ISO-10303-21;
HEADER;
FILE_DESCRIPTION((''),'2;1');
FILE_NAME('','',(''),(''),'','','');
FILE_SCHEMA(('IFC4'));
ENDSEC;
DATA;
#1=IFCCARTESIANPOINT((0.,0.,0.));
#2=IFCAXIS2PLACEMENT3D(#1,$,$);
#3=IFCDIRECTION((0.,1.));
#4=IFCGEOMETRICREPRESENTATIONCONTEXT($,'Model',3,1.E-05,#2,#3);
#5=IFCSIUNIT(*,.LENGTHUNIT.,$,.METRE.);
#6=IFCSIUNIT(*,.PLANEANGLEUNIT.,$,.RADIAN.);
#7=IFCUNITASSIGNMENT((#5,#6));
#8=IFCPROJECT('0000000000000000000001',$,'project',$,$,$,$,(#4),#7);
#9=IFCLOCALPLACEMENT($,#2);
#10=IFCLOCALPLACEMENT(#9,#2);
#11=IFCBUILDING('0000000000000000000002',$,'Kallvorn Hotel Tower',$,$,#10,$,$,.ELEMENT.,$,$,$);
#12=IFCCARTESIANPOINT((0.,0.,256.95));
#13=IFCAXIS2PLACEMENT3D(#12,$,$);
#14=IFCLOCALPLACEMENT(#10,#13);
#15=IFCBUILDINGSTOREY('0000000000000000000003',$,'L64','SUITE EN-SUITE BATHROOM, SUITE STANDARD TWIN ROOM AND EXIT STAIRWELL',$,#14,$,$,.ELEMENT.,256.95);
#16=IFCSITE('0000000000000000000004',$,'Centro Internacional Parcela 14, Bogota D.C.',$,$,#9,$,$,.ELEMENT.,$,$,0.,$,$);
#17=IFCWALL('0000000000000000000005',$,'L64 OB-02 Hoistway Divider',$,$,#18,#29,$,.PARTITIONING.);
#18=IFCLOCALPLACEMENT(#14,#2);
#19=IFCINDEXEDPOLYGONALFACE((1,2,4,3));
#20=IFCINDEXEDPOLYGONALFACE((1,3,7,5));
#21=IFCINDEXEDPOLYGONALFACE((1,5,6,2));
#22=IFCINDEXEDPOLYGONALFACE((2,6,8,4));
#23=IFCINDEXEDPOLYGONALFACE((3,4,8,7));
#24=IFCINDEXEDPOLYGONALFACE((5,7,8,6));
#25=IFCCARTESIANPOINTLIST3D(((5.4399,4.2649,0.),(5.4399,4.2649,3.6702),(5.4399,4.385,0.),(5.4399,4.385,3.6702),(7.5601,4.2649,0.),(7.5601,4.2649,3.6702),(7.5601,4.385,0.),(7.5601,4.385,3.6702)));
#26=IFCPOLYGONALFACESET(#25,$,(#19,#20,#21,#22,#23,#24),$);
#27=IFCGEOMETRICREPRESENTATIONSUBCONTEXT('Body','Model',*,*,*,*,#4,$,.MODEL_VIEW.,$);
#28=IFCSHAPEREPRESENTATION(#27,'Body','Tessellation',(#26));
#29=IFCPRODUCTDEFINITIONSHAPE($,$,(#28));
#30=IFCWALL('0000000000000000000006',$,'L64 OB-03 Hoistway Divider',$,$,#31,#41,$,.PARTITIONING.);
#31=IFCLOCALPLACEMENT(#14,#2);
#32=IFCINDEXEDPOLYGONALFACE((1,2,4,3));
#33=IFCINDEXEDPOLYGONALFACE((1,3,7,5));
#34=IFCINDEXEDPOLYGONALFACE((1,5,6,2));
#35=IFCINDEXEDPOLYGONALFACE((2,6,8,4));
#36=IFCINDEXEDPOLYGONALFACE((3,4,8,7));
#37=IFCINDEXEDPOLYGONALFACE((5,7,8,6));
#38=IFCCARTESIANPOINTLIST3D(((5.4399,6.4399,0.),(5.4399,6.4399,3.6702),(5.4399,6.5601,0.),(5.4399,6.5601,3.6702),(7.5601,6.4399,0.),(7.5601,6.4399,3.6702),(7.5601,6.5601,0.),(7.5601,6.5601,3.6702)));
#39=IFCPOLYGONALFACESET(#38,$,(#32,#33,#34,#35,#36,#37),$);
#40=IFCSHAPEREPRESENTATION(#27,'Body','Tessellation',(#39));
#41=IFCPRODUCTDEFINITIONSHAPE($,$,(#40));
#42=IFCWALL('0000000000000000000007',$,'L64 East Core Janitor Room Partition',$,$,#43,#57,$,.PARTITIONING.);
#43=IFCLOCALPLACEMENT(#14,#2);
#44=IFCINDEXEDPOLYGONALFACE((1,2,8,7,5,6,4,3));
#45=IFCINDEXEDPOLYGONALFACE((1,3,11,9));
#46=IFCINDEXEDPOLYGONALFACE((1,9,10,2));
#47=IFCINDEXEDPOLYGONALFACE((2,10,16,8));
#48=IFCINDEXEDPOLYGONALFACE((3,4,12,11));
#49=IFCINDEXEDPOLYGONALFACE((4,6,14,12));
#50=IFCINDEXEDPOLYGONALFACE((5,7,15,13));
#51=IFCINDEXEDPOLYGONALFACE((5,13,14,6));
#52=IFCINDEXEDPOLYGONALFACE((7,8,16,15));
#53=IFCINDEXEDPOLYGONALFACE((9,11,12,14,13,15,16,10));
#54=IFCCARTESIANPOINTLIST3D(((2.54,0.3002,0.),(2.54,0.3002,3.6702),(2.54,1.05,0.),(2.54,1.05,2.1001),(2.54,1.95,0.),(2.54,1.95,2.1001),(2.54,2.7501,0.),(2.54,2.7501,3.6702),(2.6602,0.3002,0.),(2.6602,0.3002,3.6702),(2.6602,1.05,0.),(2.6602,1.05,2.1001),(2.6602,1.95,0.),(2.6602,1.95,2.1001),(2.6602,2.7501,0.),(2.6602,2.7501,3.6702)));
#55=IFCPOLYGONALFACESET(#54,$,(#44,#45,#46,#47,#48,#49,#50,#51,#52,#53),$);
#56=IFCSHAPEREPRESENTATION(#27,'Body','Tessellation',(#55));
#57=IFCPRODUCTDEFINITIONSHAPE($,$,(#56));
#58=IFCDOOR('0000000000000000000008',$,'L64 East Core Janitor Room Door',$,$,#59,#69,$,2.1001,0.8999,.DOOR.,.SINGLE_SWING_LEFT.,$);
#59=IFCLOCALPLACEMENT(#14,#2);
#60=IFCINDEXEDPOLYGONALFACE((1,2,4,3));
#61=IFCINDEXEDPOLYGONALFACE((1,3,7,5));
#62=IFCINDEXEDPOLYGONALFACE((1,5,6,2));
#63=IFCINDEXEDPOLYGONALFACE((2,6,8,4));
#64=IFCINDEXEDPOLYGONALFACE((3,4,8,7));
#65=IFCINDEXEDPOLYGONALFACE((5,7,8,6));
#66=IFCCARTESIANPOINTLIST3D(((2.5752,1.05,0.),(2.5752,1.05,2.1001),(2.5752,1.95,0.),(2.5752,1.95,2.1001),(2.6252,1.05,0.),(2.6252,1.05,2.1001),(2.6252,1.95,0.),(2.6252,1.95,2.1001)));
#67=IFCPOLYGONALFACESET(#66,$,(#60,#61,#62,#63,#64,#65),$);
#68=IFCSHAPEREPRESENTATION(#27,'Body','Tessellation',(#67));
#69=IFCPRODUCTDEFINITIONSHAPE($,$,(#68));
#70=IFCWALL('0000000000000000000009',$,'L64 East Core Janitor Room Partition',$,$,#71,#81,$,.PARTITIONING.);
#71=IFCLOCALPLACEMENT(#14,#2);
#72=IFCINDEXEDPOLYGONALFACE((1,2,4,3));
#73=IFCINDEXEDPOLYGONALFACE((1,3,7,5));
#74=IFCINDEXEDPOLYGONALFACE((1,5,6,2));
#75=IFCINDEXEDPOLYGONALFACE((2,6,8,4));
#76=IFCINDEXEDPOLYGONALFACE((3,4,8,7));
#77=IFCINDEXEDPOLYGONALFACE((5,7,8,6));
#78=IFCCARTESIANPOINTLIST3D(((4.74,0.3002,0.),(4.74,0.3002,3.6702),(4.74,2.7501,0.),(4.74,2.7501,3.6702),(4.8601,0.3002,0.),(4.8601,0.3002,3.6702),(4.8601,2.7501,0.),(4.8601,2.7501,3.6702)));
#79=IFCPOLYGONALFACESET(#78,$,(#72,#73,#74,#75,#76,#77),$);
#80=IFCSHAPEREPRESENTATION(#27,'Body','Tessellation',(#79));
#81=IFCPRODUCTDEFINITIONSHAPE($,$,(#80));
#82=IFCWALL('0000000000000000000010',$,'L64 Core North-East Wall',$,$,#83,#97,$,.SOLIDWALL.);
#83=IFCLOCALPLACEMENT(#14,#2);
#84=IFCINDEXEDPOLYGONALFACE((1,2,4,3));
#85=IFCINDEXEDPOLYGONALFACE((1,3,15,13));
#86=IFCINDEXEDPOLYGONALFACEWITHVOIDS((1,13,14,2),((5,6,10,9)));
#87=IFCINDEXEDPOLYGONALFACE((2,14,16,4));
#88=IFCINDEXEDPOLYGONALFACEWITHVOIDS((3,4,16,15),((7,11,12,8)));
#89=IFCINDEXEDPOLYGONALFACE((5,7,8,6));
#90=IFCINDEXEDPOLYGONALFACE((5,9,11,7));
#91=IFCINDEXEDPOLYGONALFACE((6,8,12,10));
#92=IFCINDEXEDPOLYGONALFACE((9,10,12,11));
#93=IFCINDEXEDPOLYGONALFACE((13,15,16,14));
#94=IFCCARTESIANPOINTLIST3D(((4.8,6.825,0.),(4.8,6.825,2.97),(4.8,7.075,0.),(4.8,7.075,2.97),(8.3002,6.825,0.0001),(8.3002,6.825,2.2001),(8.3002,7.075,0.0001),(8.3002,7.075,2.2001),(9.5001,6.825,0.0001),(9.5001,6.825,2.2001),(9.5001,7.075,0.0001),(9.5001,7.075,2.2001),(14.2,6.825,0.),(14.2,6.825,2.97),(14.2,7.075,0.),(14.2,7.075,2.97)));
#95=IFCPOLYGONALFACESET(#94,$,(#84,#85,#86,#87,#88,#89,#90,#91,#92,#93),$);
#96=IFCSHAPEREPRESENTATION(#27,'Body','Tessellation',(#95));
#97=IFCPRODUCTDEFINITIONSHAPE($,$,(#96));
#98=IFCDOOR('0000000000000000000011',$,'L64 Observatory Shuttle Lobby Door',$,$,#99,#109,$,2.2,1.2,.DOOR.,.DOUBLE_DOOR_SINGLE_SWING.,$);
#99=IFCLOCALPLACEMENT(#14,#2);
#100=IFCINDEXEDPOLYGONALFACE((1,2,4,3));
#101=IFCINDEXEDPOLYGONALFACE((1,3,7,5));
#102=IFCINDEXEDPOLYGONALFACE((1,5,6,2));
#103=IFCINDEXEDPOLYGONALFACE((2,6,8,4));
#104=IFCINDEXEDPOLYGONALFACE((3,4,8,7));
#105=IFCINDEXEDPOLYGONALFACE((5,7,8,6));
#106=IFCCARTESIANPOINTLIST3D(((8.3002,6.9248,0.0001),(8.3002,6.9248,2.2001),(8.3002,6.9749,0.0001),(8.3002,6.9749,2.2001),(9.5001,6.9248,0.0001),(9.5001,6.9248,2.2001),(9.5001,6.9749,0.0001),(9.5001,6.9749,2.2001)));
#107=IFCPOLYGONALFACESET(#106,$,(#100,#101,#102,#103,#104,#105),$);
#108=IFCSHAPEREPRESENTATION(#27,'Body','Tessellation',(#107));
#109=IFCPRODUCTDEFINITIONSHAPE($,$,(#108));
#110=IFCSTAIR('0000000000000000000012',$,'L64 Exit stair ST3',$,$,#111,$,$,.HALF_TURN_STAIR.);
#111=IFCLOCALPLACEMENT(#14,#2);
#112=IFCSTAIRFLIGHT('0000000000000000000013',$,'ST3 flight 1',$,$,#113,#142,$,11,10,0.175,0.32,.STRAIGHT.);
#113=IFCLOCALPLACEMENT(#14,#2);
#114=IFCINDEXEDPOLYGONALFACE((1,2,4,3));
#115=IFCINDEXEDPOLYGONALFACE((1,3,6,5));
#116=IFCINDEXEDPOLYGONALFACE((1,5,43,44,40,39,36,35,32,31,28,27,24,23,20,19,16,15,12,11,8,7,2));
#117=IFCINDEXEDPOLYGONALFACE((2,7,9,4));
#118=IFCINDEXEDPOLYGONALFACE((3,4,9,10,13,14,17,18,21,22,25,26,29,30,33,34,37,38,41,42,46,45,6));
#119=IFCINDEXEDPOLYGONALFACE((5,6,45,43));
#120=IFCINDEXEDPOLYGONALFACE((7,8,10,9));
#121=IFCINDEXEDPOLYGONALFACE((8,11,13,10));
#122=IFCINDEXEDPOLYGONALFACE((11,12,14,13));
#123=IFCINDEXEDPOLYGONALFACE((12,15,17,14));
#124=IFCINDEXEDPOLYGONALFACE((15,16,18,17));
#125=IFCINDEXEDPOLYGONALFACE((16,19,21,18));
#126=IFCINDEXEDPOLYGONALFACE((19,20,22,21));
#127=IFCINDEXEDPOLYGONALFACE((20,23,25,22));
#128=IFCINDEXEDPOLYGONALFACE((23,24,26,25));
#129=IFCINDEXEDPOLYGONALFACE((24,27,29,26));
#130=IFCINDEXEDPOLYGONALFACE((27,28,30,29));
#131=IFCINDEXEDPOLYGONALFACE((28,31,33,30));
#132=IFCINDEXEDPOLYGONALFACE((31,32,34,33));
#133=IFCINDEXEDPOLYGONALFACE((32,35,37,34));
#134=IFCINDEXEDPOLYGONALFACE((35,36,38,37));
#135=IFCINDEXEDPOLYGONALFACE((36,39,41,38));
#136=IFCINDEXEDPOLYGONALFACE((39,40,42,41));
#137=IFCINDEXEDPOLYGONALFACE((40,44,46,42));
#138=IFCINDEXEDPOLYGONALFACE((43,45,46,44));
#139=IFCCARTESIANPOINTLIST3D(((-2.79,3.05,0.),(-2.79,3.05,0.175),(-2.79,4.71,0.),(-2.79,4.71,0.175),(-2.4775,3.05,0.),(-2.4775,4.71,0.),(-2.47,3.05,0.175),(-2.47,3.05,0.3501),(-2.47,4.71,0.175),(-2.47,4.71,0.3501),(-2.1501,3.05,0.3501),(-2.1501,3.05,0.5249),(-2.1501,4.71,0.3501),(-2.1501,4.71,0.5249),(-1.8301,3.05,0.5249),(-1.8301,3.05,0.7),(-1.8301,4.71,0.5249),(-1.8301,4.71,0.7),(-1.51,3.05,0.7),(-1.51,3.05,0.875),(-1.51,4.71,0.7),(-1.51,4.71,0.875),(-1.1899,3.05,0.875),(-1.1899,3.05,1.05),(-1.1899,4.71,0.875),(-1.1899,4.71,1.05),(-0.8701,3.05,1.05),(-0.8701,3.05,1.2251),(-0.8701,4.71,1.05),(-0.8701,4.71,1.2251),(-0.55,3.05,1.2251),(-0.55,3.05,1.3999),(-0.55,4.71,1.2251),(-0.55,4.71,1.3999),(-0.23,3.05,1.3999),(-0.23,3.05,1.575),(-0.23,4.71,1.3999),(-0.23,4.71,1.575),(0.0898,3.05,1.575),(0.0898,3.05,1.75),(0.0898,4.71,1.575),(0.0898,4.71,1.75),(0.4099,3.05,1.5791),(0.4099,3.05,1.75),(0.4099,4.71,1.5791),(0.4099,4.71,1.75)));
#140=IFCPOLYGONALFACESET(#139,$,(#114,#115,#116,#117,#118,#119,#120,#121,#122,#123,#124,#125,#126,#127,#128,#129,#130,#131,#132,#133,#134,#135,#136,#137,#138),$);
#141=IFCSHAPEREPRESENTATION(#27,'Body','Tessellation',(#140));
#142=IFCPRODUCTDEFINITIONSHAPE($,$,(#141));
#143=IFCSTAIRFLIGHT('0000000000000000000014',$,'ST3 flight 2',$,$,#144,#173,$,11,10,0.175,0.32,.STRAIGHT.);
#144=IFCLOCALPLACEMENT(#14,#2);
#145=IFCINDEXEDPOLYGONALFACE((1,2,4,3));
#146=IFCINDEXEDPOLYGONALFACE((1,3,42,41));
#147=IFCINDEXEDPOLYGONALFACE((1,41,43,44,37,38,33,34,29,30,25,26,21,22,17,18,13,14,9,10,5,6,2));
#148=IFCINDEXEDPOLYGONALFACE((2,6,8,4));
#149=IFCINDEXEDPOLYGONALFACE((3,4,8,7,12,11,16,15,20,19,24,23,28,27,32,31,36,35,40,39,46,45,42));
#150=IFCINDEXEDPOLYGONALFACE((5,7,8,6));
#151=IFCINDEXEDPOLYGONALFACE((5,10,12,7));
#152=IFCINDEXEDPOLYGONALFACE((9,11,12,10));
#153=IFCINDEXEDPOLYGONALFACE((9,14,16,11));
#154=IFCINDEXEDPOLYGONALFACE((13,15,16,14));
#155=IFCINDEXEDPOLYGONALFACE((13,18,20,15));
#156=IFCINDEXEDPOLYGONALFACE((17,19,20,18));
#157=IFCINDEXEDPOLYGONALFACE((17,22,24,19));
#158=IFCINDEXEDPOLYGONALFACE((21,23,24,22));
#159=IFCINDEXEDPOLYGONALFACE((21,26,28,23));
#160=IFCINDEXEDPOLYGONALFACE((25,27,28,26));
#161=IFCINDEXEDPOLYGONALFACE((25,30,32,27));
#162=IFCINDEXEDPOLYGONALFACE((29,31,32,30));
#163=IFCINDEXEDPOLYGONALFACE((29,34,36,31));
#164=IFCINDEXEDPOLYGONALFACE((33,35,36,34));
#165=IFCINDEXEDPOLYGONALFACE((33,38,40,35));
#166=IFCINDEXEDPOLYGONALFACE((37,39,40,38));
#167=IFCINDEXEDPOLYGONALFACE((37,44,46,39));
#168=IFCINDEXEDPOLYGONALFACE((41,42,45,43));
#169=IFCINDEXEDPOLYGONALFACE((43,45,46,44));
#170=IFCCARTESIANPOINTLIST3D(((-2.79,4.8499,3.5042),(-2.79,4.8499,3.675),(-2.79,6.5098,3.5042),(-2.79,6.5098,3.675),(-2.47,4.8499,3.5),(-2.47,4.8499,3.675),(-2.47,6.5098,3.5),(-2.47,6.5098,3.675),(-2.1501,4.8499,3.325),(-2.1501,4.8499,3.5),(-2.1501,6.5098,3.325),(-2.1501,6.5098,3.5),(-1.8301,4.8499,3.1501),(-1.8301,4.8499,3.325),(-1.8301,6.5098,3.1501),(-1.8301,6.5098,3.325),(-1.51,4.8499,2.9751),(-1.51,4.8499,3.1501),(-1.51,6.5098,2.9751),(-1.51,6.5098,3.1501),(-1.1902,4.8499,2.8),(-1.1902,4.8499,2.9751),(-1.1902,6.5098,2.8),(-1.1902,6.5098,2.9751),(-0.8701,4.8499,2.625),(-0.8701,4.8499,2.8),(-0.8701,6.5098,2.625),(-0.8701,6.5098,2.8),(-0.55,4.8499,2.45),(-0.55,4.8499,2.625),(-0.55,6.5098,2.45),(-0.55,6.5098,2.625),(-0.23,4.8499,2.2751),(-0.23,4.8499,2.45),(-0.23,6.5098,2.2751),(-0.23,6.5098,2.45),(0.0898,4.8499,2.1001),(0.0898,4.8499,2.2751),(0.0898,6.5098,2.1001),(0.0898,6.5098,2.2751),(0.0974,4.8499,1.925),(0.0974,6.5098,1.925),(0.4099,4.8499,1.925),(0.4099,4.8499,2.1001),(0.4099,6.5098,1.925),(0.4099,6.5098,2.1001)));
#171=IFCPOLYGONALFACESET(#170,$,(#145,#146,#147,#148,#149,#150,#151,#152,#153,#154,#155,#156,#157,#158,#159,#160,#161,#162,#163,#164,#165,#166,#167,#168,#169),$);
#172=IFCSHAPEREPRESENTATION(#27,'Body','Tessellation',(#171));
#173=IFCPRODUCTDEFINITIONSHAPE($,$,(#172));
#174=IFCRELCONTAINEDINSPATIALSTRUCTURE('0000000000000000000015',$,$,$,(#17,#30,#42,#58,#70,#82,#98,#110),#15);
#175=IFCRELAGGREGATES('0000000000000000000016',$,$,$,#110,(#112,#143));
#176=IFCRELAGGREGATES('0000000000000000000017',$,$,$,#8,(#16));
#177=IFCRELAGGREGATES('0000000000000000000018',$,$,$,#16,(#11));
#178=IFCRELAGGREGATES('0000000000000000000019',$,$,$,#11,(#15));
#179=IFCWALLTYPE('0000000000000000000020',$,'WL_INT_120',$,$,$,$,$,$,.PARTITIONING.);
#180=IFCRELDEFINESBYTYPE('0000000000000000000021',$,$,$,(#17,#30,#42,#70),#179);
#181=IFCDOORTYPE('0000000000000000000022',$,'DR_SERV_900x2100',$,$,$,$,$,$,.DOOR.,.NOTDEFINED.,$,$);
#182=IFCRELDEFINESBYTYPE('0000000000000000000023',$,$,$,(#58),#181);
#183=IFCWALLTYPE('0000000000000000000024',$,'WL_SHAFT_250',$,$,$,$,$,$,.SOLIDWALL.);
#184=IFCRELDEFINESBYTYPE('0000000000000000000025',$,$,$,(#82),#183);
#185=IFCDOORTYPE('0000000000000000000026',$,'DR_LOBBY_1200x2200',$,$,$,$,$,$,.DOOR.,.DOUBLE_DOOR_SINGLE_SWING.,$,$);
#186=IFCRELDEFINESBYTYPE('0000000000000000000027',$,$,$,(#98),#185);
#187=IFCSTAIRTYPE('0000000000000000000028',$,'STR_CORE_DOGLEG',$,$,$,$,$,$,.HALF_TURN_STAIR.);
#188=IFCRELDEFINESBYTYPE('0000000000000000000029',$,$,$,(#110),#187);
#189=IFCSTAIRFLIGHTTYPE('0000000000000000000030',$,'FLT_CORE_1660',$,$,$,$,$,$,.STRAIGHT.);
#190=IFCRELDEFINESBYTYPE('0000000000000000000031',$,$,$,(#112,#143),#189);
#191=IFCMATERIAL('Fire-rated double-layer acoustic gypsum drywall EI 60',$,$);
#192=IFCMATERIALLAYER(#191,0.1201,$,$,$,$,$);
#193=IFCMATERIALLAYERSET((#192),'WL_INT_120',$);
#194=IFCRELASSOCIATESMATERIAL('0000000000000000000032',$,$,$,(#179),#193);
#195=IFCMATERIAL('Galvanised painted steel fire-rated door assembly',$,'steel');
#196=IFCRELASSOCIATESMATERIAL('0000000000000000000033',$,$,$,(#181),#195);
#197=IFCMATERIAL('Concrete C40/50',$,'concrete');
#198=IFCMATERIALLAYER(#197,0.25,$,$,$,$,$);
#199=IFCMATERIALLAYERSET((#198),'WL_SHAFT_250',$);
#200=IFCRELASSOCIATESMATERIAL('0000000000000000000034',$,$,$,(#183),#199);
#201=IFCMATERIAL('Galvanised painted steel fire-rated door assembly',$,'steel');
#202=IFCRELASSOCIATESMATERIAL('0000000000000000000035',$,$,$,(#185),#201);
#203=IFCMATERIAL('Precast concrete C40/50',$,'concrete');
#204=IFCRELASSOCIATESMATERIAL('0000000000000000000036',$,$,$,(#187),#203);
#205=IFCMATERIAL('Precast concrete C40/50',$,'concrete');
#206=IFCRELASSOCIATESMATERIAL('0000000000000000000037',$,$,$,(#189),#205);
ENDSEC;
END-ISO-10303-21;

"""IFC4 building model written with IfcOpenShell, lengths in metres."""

from ifc_helpers import new_model, si_unit, direction, frame, frame_2d, origin, place, context, subcontext, project, spatial, polyline, rectangle, outline, extrude, material, layer, layer_set, type_object, element, fill, aggregate, save


model = new_model("IFC4")

# Units and contexts
model_context = context("Model", 3, precision=1e-05, world=origin(), true_north=direction((0.0, 1.0)))
body_context = subcontext(model_context, "Body", "Model", "MODEL_VIEW")
ifc_project = project(units=[si_unit("LENGTHUNIT", "METRE"), si_unit("PLANEANGLEUNIT", "RADIAN")], contexts=[model_context])

# Site, building, storey
site_placement = place(None, origin())
site = spatial("IfcSite", under=ifc_project, at=site_placement, Name="Centro Internacional Parcela 14, Bogota D.C.", CompositionType="ELEMENT", RefElevation=0.0)
building_placement = place(site_placement, origin())
building = spatial("IfcBuilding", under=site, at=building_placement, Name="Kallvorn Hotel Tower", CompositionType="ELEMENT")
storey_placement = place(building_placement, frame((0.0, 0.0, 256.95)))
storey = spatial("IfcBuildingStorey", under=building, at=storey_placement, Name="L64", Description="SUITE EN-SUITE BATHROOM, SUITE STANDARD TWIN ROOM AND EXIT STAIRWELL", CompositionType="ELEMENT", Elevation=256.95)

# Walls
ifc_material_1 = material(Name="Fire-rated double-layer acoustic gypsum drywall EI 60")
ifc_layer_1 = layer(ifc_material_1, 0.1201)
ifc_layer_set_1 = layer_set([ifc_layer_1], Name="WL_INT_120")
wall_type_1 = type_object("IfcWallType", Name="WL_INT_120", PredefinedType="PARTITIONING", material=ifc_layer_set_1)
for number, where, z_axis, x_axis, name in (
    (1, (5.4399, 4.325, 0.0), (0.0, 0.0, 1.0), (1.0, 0.0, 0.0), "L64 OB-02 Hoistway Divider"),
    (2, (5.4399, 6.5, 0.0), (0.0, 0.0, 1.0), (1.0, 0.0, 0.0), "L64 OB-03 Hoistway Divider"),
):
    element("IfcWall", number, at=place(storey_placement, frame(where, z_axis=z_axis, x_axis=x_axis)), inside=storey, type_object=wall_type_1, Name=name, PredefinedType="PARTITIONING", context=body_context, shape_type="SweptSolid", body=[
        extrude(rectangle(XDim=2.1201, YDim=0.1201, at=frame_2d((1.0601, 0.0))), origin(), (0.0, 0.0, 1.0), 3.6702),
    ])

# Wall, opening, door
wall_1_placement = place(storey_placement, frame((2.6001, 0.3, 0.0), z_axis=(0.0, 0.0, 1.0), x_axis=(0.0, 1.0, 0.0)))
wall_1 = element("IfcWall", 3, at=wall_1_placement, inside=storey, type_object=wall_type_1, Name="L64 East Core Janitor Room Partition", PredefinedType="PARTITIONING", context=body_context, shape_type="SweptSolid", body=[
    extrude(rectangle(XDim=2.45, YDim=0.1201, at=frame_2d((1.2251, 0.0))), origin(), (0.0, 0.0, 1.0), 3.6702),
])
opening_1_placement = place(wall_1_placement, frame((0.75, 0.0, 0.0)))
opening_1 = element("IfcOpeningElement", 4, at=opening_1_placement, cuts=wall_1, PredefinedType="OPENING", context=body_context, shape_type="SweptSolid", body=[
    extrude(rectangle(XDim=0.8999, YDim=2.1001, at=frame_2d((0.45, 1.05))), frame((0.0, 0.075, 0.0), z_axis=(0.0, -1.0, 0.0), x_axis=(1.0, 0.0, 0.0)), (0.0, 0.0, 1.0), 0.1501),
])
ifc_material_2 = material(Name="Galvanised painted steel fire-rated door assembly", Category="steel")
door_type_1 = type_object("IfcDoorType", Name="DR_SERV_900x2100", OperationType="NOTDEFINED", PredefinedType="DOOR", material=ifc_material_2)
door_1_placement = place(opening_1_placement, origin())
door_1 = element("IfcDoor", 5, at=door_1_placement, inside=storey, type_object=door_type_1, Name="L64 East Core Janitor Room Door", OperationType="SINGLE_SWING_LEFT", OverallHeight=2.1001, OverallWidth=0.8999, PredefinedType="DOOR", context=body_context, shape_type="SweptSolid", body=[
    extrude(rectangle(XDim=0.8999, YDim=2.1001, at=frame_2d((0.45, 1.05))), frame((0.0, 0.0249, 0.0), z_axis=(0.0, -1.0, 0.0), x_axis=(1.0, 0.0, 0.0)), (0.0, 0.0, 1.0), 0.05),
])
fill(opening_1, door_1)

# Wall
wall_2_placement = place(storey_placement, frame((4.8, 0.3, 0.0), z_axis=(0.0, 0.0, 1.0), x_axis=(0.0, 1.0, 0.0)))
element("IfcWall", 6, at=wall_2_placement, inside=storey, type_object=wall_type_1, Name="L64 East Core Janitor Room Partition", PredefinedType="PARTITIONING", context=body_context, shape_type="SweptSolid", body=[
    extrude(rectangle(XDim=2.45, YDim=0.1201, at=frame_2d((1.2251, 0.0))), origin(), (0.0, 0.0, 1.0), 3.6702),
])

# Wall, opening, door
ifc_material_3 = material(Name="Concrete C40/50", Category="concrete")
ifc_layer_2 = layer(ifc_material_3, 0.25)
ifc_layer_set_2 = layer_set([ifc_layer_2], Name="WL_SHAFT_250")
wall_type_2 = type_object("IfcWallType", Name="WL_SHAFT_250", PredefinedType="SOLIDWALL", material=ifc_layer_set_2)
wall_3_placement = place(storey_placement, frame((4.8, 6.95, 0.0), z_axis=(0.0, 0.0, 1.0), x_axis=(1.0, 0.0, 0.0)))
wall_3 = element("IfcWall", 7, at=wall_3_placement, inside=storey, type_object=wall_type_2, Name="L64 Core North-East Wall", PredefinedType="SOLIDWALL", context=body_context, shape_type="SweptSolid", body=[
    extrude(rectangle(XDim=9.3999, YDim=0.25, at=frame_2d((4.7, 0.0))), origin(), (0.0, 0.0, 1.0), 2.97),
])
opening_2_placement = place(wall_3_placement, frame((3.5, 0.0, 0.0)))
opening_2 = element("IfcOpeningElement", 8, at=opening_2_placement, cuts=wall_3, PredefinedType="OPENING", context=body_context, shape_type="SweptSolid", body=[
    extrude(rectangle(XDim=1.2, YDim=2.2, at=frame_2d((0.6001, 1.1001))), frame((0.0, 0.1399, 0.0), z_axis=(0.0, -1.0, 0.0), x_axis=(1.0, 0.0, 0.0)), (0.0, 0.0, 1.0), 0.28),
])
ifc_material_4 = material(Name="Galvanised painted steel fire-rated door assembly", Category="steel")
door_type_2 = type_object("IfcDoorType", Name="DR_LOBBY_1200x2200", OperationType="DOUBLE_DOOR_SINGLE_SWING", PredefinedType="DOOR", material=ifc_material_4)
door_2_placement = place(opening_2_placement, origin())
door_2 = element("IfcDoor", 9, at=door_2_placement, inside=storey, type_object=door_type_2, Name="L64 Observatory Shuttle Lobby Door", OperationType="DOUBLE_DOOR_SINGLE_SWING", OverallHeight=2.2, OverallWidth=1.2, PredefinedType="DOOR", context=body_context, shape_type="SweptSolid", body=[
    extrude(rectangle(XDim=1.2, YDim=2.2, at=frame_2d((0.6001, 1.1001))), frame((0.0, 0.0249, 0.0), z_axis=(0.0, -1.0, 0.0), x_axis=(1.0, 0.0, 0.0)), (0.0, 0.0, 1.0), 0.05),
])
fill(opening_2, door_2)

# Stair, stair flights
ifc_material_5 = material(Name="Precast concrete C40/50", Category="concrete")
stair_type = type_object("IfcStairType", Name="STR_CORE_DOGLEG", PredefinedType="HALF_TURN_STAIR", material=ifc_material_5)
stair_placement = place(storey_placement, origin())
stair = element("IfcStair", 10, at=stair_placement, inside=storey, type_object=stair_type, Name="L64 Exit stair ST3", PredefinedType="HALF_TURN_STAIR")
ifc_material_6 = material(Name="Precast concrete C40/50", Category="concrete")
stair_flight_type = type_object("IfcStairFlightType", Name="FLT_CORE_1660", PredefinedType="STRAIGHT", material=ifc_material_6)
stair_flight_1_placement = place(storey_placement, frame((-2.79, 3.8799, 0.0), z_axis=(0.0, 0.0, 1.0), x_axis=(1.0, 0.0, 0.0)))
stair_flight_1 = element("IfcStairFlight", 11, at=stair_flight_1_placement, type_object=stair_flight_type, Name="ST3 flight 1", NumberOfRisers=11, NumberOfTreads=10, PredefinedType="STRAIGHT", RiserHeight=0.175, TreadLength=0.32, context=body_context, shape_type="SweptSolid", body=[
    extrude(outline(polyline([(0.0, 0.0), (0.0, 0.175), (0.3201, 0.175), (0.3201, 0.3501), (0.6399, 0.3501), (0.6399, 0.5249), (0.96, 0.5249), (0.96, 0.7), (1.28, 0.7), (1.28, 0.875), (1.6001, 0.875), (1.6001, 1.05), (1.9199, 1.05), (1.9199, 1.2251), (2.24, 1.2251), (2.24, 1.3999), (2.5601, 1.3999), (2.5601, 1.575), (2.8799, 1.575), (2.8799, 1.75), (3.2, 1.75), (3.2, 1.925), (3.2, 1.5791), (0.3125, 0.0), (0.0, 0.0)])), frame((0.0, 0.8301, 0.0), z_axis=(0.0, -1.0, 0.0), x_axis=(1.0, 0.0, 0.0)), (0.0, 0.0, 1.0), 1.6599),
])
stair_flight_2_placement = place(storey_placement, frame((0.4099, 5.6799, 1.925), z_axis=(0.0, 0.0, 1.0), x_axis=(-1.0, 0.0, 0.0)))
stair_flight_2 = element("IfcStairFlight", 12, at=stair_flight_2_placement, type_object=stair_flight_type, Name="ST3 flight 2", NumberOfRisers=11, NumberOfTreads=10, PredefinedType="STRAIGHT", RiserHeight=0.175, TreadLength=0.32, context=body_context, shape_type="SweptSolid", body=[
    extrude(outline(polyline([(0.0, 0.0), (0.0, 0.175), (0.3201, 0.175), (0.3201, 0.3501), (0.6399, 0.3501), (0.6399, 0.5249), (0.96, 0.5249), (0.96, 0.7), (1.28, 0.7), (1.28, 0.875), (1.6001, 0.875), (1.6001, 1.05), (1.9199, 1.05), (1.9199, 1.2251), (2.24, 1.2251), (2.24, 1.3999), (2.5601, 1.3999), (2.5601, 1.575), (2.8799, 1.575), (2.8799, 1.75), (3.2, 1.75), (3.2, 1.925), (3.2, 1.5791), (0.3125, 0.0), (0.0, 0.0)])), frame((0.0, 0.8301, 0.0), z_axis=(0.0, -1.0, 0.0), x_axis=(1.0, 0.0, 0.0)), (0.0, 0.0, 1.0), 1.6599),
])
aggregate(stair, [stair_flight_1, stair_flight_2])

save(model, "model.ifc")
